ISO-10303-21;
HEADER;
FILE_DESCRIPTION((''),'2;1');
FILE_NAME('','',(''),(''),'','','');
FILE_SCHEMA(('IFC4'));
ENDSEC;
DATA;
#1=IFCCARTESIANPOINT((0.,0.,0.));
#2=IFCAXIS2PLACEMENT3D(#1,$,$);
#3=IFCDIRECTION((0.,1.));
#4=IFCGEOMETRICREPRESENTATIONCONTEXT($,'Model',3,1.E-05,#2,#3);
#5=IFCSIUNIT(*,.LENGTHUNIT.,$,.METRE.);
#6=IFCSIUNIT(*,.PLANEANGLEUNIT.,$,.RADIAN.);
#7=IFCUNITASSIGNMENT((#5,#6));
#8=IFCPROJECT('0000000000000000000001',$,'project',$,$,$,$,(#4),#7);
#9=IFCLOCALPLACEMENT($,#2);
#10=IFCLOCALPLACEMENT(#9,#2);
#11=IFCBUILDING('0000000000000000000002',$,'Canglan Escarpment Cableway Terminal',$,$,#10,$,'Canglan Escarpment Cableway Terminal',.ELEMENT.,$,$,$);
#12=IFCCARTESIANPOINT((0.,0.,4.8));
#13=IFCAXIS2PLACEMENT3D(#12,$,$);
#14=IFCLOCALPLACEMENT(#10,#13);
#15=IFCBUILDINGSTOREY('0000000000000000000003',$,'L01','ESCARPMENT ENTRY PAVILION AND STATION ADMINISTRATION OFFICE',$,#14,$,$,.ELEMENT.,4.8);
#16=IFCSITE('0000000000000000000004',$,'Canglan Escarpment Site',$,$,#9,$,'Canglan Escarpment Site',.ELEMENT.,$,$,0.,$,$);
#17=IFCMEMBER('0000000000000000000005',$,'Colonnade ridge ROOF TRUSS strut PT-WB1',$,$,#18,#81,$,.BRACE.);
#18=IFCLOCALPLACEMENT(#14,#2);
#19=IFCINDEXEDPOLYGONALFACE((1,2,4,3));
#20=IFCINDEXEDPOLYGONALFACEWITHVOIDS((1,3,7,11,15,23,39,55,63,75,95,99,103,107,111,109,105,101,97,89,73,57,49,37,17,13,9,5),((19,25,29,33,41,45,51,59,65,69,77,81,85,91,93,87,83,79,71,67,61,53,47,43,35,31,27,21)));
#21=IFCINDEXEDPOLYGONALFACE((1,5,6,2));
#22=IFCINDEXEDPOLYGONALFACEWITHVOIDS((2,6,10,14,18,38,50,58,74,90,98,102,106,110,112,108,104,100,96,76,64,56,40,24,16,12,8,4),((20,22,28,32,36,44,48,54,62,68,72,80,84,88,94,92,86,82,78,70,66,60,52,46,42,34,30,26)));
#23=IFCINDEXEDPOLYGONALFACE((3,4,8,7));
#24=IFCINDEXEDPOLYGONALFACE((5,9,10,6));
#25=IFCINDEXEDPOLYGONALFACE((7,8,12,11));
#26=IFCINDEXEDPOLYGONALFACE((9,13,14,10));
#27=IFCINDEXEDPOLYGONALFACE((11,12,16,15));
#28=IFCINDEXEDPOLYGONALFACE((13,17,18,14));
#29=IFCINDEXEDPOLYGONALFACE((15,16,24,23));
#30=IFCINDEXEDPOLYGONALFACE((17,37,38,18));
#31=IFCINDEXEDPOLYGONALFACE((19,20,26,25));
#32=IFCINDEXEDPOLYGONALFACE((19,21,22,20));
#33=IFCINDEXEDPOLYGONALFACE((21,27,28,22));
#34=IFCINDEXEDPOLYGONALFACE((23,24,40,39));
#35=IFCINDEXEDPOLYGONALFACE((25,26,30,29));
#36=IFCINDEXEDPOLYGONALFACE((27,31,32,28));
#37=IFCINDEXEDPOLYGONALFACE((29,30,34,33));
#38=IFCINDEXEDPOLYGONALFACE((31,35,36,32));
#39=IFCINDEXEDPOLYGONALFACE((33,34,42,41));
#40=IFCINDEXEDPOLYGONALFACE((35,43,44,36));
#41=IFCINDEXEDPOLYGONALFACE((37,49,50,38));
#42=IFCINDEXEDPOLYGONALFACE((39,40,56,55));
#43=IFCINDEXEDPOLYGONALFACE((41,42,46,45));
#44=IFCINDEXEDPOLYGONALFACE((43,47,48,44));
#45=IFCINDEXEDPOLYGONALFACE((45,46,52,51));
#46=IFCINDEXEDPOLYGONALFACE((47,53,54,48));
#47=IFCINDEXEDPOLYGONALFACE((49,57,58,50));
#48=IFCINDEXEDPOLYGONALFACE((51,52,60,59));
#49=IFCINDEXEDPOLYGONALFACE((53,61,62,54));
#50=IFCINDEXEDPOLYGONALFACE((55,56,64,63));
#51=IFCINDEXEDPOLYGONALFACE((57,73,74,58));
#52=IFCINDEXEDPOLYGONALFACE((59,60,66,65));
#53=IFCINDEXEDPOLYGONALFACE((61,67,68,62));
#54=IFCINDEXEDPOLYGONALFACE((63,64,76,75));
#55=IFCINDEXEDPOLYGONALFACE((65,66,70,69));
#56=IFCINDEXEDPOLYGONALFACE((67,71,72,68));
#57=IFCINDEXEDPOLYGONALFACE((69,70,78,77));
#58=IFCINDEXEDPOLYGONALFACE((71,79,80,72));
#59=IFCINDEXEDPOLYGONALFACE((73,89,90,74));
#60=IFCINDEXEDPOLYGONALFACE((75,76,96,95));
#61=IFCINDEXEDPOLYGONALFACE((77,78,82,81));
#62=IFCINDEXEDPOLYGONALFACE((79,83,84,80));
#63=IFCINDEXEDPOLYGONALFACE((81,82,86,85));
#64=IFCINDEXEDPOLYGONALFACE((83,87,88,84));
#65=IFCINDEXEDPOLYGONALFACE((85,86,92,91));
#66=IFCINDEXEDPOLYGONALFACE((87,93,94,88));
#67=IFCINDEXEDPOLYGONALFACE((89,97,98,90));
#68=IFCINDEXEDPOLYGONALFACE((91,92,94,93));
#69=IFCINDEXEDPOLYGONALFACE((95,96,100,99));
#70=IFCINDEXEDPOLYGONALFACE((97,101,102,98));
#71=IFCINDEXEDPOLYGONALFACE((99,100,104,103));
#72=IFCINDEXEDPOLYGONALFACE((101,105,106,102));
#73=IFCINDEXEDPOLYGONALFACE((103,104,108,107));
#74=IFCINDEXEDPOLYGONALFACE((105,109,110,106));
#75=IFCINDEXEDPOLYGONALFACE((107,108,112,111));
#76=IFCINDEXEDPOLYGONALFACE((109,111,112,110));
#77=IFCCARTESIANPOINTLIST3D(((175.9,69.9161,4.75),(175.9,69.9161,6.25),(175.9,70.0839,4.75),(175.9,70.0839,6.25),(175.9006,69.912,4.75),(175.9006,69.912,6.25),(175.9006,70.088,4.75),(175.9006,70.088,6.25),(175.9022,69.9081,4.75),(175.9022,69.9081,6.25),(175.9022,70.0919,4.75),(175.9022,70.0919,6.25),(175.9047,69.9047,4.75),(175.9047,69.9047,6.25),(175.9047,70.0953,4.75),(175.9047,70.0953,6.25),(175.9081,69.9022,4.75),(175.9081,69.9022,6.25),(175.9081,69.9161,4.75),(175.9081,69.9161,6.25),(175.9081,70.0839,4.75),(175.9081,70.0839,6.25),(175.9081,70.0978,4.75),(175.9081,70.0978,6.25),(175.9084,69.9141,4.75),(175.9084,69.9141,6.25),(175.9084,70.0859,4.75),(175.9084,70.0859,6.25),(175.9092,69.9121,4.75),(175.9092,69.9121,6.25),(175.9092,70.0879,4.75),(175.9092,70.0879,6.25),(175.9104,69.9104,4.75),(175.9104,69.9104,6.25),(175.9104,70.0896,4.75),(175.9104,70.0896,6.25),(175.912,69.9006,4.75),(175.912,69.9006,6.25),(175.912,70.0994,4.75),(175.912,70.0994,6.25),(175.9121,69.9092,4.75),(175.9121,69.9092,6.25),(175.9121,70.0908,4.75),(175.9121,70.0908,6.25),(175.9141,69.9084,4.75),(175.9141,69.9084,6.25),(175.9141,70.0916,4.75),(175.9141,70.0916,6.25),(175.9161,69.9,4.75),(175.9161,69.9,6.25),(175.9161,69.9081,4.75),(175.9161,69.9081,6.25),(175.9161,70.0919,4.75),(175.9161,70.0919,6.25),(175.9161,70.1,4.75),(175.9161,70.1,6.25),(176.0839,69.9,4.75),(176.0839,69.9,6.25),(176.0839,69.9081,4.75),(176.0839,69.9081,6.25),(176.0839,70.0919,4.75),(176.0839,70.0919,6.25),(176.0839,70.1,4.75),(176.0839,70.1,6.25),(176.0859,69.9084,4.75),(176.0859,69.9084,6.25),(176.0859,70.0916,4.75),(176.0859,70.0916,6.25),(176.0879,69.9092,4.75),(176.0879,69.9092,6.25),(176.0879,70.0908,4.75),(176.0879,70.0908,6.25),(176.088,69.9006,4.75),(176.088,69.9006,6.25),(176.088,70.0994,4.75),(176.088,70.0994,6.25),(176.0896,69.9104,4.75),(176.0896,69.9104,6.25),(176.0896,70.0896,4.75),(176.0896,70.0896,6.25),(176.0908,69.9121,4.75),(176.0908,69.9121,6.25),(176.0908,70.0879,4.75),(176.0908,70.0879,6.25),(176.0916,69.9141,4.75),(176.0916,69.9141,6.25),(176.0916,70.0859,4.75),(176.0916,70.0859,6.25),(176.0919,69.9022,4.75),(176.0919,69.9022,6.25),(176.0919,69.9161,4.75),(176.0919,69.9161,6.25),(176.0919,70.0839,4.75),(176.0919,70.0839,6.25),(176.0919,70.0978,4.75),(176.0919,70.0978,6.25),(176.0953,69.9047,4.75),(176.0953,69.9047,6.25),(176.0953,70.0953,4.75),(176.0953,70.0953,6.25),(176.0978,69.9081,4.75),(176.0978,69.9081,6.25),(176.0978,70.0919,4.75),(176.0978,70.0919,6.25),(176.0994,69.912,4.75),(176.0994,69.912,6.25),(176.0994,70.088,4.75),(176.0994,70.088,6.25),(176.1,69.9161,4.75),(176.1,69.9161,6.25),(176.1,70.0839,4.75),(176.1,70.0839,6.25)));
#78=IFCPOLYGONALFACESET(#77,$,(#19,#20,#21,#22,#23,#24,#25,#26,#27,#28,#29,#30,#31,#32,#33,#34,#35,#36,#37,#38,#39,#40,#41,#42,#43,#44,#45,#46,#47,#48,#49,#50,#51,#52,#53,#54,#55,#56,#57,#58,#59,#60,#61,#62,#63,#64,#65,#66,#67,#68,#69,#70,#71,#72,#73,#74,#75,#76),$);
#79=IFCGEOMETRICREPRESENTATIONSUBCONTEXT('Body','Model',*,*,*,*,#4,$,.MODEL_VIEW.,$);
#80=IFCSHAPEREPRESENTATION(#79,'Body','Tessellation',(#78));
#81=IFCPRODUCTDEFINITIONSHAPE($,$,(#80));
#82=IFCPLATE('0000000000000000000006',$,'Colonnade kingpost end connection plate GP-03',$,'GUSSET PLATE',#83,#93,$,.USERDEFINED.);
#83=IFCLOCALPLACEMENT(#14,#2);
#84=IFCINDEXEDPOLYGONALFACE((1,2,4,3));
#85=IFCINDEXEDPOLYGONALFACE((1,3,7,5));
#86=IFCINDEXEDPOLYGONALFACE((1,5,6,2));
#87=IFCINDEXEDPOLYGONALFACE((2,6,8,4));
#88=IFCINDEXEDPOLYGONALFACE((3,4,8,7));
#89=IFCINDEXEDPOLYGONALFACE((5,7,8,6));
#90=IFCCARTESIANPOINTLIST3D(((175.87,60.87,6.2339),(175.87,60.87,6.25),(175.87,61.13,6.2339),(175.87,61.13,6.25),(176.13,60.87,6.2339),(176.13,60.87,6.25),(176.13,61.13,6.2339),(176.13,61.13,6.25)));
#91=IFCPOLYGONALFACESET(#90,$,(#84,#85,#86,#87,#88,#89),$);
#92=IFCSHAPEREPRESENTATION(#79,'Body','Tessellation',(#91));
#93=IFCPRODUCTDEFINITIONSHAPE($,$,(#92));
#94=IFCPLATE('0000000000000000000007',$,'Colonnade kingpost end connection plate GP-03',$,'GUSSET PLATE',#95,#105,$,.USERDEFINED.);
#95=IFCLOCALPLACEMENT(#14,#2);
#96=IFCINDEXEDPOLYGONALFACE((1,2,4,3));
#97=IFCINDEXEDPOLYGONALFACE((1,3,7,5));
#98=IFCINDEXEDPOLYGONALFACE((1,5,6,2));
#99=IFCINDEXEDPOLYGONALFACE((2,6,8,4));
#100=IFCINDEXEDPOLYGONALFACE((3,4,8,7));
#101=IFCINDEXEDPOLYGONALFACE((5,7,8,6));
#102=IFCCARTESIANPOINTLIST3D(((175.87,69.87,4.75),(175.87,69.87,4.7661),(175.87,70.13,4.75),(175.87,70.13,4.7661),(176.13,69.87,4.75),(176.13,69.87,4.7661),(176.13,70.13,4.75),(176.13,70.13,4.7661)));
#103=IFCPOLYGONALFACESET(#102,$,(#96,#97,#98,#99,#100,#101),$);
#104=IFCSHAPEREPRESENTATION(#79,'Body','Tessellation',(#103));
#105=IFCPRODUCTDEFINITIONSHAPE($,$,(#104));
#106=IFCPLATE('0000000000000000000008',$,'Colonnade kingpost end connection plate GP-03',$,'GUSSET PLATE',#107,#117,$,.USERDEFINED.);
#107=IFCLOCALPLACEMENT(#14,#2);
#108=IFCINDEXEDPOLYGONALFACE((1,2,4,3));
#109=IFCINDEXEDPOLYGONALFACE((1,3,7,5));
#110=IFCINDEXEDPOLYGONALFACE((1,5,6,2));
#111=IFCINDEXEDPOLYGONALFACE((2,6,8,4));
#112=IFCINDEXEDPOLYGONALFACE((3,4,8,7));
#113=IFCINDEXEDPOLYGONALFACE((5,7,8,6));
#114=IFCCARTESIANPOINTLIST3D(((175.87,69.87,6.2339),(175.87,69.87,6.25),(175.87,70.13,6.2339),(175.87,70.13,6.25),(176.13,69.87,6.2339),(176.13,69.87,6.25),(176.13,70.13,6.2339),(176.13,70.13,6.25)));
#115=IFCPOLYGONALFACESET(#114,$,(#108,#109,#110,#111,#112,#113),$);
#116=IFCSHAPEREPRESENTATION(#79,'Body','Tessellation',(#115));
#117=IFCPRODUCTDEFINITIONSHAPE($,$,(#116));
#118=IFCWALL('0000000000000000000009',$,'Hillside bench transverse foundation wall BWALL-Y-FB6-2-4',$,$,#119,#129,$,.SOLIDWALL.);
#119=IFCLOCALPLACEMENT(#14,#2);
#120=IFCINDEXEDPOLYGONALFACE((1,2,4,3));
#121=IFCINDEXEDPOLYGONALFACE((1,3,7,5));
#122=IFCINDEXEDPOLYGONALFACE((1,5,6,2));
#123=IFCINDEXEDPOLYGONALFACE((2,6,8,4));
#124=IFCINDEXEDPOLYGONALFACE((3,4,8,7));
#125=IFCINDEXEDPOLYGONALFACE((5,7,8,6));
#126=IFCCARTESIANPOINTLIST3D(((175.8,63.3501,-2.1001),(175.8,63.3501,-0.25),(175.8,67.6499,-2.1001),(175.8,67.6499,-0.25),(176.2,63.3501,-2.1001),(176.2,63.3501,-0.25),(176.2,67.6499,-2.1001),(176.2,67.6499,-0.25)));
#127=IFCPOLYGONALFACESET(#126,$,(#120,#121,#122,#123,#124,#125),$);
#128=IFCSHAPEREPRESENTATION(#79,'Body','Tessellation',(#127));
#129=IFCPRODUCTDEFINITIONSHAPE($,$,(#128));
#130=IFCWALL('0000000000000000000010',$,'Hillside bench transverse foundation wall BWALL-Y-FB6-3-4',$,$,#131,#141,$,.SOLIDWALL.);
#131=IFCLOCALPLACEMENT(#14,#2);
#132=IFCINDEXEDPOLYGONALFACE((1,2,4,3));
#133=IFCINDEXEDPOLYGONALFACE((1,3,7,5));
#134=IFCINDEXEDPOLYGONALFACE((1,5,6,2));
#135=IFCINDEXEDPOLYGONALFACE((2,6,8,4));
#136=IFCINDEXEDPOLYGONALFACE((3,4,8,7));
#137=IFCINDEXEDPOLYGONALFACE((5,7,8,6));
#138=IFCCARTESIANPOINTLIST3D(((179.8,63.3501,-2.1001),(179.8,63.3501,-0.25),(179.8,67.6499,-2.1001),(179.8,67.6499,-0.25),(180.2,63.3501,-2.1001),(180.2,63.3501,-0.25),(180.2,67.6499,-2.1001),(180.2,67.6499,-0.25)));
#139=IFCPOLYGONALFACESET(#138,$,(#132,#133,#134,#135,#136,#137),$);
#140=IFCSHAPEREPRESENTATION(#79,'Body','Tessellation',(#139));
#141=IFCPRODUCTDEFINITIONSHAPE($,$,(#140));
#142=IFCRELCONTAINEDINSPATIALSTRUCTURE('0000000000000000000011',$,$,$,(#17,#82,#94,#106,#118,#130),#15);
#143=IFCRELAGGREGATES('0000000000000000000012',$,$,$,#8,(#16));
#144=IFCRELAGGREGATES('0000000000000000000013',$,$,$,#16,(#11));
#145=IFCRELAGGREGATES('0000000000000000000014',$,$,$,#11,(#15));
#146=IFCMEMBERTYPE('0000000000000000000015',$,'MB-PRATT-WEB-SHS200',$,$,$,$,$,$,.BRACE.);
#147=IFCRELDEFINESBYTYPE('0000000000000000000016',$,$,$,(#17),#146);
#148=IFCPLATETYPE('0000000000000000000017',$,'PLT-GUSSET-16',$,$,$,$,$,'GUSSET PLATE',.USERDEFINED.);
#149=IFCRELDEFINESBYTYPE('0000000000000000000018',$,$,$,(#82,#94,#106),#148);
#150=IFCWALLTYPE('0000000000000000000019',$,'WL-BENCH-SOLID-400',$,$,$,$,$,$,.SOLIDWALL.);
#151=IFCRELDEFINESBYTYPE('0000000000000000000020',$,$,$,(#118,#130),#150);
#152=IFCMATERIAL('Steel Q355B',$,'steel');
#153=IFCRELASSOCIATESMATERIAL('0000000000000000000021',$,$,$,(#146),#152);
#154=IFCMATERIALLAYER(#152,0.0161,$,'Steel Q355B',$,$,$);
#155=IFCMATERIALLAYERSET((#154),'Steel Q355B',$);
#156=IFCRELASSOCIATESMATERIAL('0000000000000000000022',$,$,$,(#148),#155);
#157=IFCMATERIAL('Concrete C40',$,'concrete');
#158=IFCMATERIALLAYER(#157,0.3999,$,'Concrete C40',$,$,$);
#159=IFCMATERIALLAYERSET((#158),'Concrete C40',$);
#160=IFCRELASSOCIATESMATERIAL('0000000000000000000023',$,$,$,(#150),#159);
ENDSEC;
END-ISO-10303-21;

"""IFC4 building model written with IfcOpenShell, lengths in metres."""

from ifc_helpers import new_model, si_unit, direction, frame, frame_2d, origin, origin_2d, place, context, subcontext, project, spatial, rectangle, hollow_rectangle, extrude, material, layer, layer_set, material_profile, profile_set, type_object, element, save


model = new_model("IFC4")

# Units and contexts
model_context = context("Model", 3, precision=1e-05, world=origin(), true_north=direction((0.0, 1.0)))
body_context = subcontext(model_context, "Body", "Model", "MODEL_VIEW")
ifc_project = project(units=[si_unit("LENGTHUNIT", "METRE"), si_unit("PLANEANGLEUNIT", "RADIAN")], contexts=[model_context])

# Site, building, storey
site_placement = place(None, origin())
site = spatial("IfcSite", under=ifc_project, at=site_placement, Name="Canglan Escarpment Site", LongName="Canglan Escarpment Site", CompositionType="ELEMENT", RefElevation=0.0)
building_placement = place(site_placement, origin())
building = spatial("IfcBuilding", under=site, at=building_placement, Name="Canglan Escarpment Cableway Terminal", LongName="Canglan Escarpment Cableway Terminal", CompositionType="ELEMENT")
storey_placement = place(building_placement, frame((0.0, 0.0, 4.8)))
storey = spatial("IfcBuildingStorey", under=building, at=storey_placement, Name="L01", Description="ESCARPMENT ENTRY PAVILION AND STATION ADMINISTRATION OFFICE", CompositionType="ELEMENT", Elevation=4.8)

# Shared definitions
ifc_material_1 = material(Name="Concrete C40", Category="concrete")

# Shared definitions
ifc_material_2 = material(Name="Steel Q355B", Category="steel")

# Member
ifc_material_profile_1 = material_profile(ifc_material_2, hollow_rectangle(XDim=0.2, YDim=0.2, WallThickness=0.0081, InnerFilletRadius=0.0081, OuterFilletRadius=0.0161, at=origin_2d()), Name="SHS 200x200x8")
ifc_profile_set_1 = profile_set([ifc_material_profile_1], Name="Steel Q355B")
member_type_1 = type_object("IfcMemberType", Name="MB-PRATT-WEB-SHS200", PredefinedType="BRACE", material=ifc_profile_set_1)
member_1_placement = place(storey_placement, frame((176.0, 70.0, 4.75), z_axis=(0.0, 0.0, 1.0), x_axis=(1.0, 0.0, 0.0)))
element("IfcMember", 1, at=member_1_placement, inside=storey, type_object=member_type_1, Name="Colonnade ridge ROOF TRUSS strut PT-WB1", PredefinedType="BRACE", context=body_context, shape_type="SweptSolid", body=[
    extrude(hollow_rectangle(XDim=0.2, YDim=0.2, WallThickness=0.0081, InnerFilletRadius=0.0081, OuterFilletRadius=0.0161, at=origin_2d()), origin(), (0.0, 0.0, 1.0), 1.5),
])

# Plates
ifc_layer_1 = layer(ifc_material_2, 0.0161, Name="Steel Q355B")
ifc_layer_set_1 = layer_set([ifc_layer_1], Name="Steel Q355B")
plate_type = type_object("IfcPlateType", Name="PLT-GUSSET-16", ElementType="GUSSET PLATE", PredefinedType="USERDEFINED", material=ifc_layer_set_1)
for number, where, z_axis, x_axis, name in (
    (2, (176.0, 61.0, 6.2339), (0.0, 0.0, 1.0), (1.0, 0.0, 0.0), "Colonnade kingpost end connection plate GP-03"),
    (3, (176.0, 70.0, 4.75), (0.0, 0.0, 1.0), (1.0, 0.0, 0.0), "Colonnade kingpost end connection plate GP-03"),
    (4, (176.0, 70.0, 6.2339), (0.0, 0.0, 1.0), (1.0, 0.0, 0.0), "Colonnade kingpost end connection plate GP-03"),
):
    element("IfcPlate", number, at=place(storey_placement, frame(where, z_axis=z_axis, x_axis=x_axis)), inside=storey, type_object=plate_type, Name=name, ObjectType="GUSSET PLATE", PredefinedType="USERDEFINED", context=body_context, shape_type="SweptSolid", body=[
        extrude(rectangle(XDim=0.26, YDim=0.26, at=origin_2d()), origin(), (0.0, 0.0, 1.0), 0.0161),
    ])

# Walls
ifc_layer_2 = layer(ifc_material_1, 0.3999, Name="Concrete C40")
ifc_layer_set_2 = layer_set([ifc_layer_2], Name="Concrete C40")
wall_type = type_object("IfcWallType", Name="WL-BENCH-SOLID-400", PredefinedType="SOLIDWALL", material=ifc_layer_set_2)
for number, where, z_axis, x_axis, name in (
    (5, (176.0, 63.3501, -2.1001), (0.0, 0.0, 1.0), (0.0, 1.0, 0.0), "Hillside bench transverse foundation wall BWALL-Y-FB6-2-4"),
    (6, (180.0, 63.3501, -2.1001), (0.0, 0.0, 1.0), (0.0, 1.0, 0.0), "Hillside bench transverse foundation wall BWALL-Y-FB6-3-4"),
):
    element("IfcWall", number, at=place(storey_placement, frame(where, z_axis=z_axis, x_axis=x_axis)), inside=storey, type_object=wall_type, Name=name, PredefinedType="SOLIDWALL", context=body_context, shape_type="SweptSolid", body=[
        extrude(rectangle(XDim=4.2998, YDim=0.3999, at=frame_2d((2.1499, 0.0))), origin(), (0.0, 0.0, 1.0), 1.8501),
    ])

save(model, "model.ifc")
